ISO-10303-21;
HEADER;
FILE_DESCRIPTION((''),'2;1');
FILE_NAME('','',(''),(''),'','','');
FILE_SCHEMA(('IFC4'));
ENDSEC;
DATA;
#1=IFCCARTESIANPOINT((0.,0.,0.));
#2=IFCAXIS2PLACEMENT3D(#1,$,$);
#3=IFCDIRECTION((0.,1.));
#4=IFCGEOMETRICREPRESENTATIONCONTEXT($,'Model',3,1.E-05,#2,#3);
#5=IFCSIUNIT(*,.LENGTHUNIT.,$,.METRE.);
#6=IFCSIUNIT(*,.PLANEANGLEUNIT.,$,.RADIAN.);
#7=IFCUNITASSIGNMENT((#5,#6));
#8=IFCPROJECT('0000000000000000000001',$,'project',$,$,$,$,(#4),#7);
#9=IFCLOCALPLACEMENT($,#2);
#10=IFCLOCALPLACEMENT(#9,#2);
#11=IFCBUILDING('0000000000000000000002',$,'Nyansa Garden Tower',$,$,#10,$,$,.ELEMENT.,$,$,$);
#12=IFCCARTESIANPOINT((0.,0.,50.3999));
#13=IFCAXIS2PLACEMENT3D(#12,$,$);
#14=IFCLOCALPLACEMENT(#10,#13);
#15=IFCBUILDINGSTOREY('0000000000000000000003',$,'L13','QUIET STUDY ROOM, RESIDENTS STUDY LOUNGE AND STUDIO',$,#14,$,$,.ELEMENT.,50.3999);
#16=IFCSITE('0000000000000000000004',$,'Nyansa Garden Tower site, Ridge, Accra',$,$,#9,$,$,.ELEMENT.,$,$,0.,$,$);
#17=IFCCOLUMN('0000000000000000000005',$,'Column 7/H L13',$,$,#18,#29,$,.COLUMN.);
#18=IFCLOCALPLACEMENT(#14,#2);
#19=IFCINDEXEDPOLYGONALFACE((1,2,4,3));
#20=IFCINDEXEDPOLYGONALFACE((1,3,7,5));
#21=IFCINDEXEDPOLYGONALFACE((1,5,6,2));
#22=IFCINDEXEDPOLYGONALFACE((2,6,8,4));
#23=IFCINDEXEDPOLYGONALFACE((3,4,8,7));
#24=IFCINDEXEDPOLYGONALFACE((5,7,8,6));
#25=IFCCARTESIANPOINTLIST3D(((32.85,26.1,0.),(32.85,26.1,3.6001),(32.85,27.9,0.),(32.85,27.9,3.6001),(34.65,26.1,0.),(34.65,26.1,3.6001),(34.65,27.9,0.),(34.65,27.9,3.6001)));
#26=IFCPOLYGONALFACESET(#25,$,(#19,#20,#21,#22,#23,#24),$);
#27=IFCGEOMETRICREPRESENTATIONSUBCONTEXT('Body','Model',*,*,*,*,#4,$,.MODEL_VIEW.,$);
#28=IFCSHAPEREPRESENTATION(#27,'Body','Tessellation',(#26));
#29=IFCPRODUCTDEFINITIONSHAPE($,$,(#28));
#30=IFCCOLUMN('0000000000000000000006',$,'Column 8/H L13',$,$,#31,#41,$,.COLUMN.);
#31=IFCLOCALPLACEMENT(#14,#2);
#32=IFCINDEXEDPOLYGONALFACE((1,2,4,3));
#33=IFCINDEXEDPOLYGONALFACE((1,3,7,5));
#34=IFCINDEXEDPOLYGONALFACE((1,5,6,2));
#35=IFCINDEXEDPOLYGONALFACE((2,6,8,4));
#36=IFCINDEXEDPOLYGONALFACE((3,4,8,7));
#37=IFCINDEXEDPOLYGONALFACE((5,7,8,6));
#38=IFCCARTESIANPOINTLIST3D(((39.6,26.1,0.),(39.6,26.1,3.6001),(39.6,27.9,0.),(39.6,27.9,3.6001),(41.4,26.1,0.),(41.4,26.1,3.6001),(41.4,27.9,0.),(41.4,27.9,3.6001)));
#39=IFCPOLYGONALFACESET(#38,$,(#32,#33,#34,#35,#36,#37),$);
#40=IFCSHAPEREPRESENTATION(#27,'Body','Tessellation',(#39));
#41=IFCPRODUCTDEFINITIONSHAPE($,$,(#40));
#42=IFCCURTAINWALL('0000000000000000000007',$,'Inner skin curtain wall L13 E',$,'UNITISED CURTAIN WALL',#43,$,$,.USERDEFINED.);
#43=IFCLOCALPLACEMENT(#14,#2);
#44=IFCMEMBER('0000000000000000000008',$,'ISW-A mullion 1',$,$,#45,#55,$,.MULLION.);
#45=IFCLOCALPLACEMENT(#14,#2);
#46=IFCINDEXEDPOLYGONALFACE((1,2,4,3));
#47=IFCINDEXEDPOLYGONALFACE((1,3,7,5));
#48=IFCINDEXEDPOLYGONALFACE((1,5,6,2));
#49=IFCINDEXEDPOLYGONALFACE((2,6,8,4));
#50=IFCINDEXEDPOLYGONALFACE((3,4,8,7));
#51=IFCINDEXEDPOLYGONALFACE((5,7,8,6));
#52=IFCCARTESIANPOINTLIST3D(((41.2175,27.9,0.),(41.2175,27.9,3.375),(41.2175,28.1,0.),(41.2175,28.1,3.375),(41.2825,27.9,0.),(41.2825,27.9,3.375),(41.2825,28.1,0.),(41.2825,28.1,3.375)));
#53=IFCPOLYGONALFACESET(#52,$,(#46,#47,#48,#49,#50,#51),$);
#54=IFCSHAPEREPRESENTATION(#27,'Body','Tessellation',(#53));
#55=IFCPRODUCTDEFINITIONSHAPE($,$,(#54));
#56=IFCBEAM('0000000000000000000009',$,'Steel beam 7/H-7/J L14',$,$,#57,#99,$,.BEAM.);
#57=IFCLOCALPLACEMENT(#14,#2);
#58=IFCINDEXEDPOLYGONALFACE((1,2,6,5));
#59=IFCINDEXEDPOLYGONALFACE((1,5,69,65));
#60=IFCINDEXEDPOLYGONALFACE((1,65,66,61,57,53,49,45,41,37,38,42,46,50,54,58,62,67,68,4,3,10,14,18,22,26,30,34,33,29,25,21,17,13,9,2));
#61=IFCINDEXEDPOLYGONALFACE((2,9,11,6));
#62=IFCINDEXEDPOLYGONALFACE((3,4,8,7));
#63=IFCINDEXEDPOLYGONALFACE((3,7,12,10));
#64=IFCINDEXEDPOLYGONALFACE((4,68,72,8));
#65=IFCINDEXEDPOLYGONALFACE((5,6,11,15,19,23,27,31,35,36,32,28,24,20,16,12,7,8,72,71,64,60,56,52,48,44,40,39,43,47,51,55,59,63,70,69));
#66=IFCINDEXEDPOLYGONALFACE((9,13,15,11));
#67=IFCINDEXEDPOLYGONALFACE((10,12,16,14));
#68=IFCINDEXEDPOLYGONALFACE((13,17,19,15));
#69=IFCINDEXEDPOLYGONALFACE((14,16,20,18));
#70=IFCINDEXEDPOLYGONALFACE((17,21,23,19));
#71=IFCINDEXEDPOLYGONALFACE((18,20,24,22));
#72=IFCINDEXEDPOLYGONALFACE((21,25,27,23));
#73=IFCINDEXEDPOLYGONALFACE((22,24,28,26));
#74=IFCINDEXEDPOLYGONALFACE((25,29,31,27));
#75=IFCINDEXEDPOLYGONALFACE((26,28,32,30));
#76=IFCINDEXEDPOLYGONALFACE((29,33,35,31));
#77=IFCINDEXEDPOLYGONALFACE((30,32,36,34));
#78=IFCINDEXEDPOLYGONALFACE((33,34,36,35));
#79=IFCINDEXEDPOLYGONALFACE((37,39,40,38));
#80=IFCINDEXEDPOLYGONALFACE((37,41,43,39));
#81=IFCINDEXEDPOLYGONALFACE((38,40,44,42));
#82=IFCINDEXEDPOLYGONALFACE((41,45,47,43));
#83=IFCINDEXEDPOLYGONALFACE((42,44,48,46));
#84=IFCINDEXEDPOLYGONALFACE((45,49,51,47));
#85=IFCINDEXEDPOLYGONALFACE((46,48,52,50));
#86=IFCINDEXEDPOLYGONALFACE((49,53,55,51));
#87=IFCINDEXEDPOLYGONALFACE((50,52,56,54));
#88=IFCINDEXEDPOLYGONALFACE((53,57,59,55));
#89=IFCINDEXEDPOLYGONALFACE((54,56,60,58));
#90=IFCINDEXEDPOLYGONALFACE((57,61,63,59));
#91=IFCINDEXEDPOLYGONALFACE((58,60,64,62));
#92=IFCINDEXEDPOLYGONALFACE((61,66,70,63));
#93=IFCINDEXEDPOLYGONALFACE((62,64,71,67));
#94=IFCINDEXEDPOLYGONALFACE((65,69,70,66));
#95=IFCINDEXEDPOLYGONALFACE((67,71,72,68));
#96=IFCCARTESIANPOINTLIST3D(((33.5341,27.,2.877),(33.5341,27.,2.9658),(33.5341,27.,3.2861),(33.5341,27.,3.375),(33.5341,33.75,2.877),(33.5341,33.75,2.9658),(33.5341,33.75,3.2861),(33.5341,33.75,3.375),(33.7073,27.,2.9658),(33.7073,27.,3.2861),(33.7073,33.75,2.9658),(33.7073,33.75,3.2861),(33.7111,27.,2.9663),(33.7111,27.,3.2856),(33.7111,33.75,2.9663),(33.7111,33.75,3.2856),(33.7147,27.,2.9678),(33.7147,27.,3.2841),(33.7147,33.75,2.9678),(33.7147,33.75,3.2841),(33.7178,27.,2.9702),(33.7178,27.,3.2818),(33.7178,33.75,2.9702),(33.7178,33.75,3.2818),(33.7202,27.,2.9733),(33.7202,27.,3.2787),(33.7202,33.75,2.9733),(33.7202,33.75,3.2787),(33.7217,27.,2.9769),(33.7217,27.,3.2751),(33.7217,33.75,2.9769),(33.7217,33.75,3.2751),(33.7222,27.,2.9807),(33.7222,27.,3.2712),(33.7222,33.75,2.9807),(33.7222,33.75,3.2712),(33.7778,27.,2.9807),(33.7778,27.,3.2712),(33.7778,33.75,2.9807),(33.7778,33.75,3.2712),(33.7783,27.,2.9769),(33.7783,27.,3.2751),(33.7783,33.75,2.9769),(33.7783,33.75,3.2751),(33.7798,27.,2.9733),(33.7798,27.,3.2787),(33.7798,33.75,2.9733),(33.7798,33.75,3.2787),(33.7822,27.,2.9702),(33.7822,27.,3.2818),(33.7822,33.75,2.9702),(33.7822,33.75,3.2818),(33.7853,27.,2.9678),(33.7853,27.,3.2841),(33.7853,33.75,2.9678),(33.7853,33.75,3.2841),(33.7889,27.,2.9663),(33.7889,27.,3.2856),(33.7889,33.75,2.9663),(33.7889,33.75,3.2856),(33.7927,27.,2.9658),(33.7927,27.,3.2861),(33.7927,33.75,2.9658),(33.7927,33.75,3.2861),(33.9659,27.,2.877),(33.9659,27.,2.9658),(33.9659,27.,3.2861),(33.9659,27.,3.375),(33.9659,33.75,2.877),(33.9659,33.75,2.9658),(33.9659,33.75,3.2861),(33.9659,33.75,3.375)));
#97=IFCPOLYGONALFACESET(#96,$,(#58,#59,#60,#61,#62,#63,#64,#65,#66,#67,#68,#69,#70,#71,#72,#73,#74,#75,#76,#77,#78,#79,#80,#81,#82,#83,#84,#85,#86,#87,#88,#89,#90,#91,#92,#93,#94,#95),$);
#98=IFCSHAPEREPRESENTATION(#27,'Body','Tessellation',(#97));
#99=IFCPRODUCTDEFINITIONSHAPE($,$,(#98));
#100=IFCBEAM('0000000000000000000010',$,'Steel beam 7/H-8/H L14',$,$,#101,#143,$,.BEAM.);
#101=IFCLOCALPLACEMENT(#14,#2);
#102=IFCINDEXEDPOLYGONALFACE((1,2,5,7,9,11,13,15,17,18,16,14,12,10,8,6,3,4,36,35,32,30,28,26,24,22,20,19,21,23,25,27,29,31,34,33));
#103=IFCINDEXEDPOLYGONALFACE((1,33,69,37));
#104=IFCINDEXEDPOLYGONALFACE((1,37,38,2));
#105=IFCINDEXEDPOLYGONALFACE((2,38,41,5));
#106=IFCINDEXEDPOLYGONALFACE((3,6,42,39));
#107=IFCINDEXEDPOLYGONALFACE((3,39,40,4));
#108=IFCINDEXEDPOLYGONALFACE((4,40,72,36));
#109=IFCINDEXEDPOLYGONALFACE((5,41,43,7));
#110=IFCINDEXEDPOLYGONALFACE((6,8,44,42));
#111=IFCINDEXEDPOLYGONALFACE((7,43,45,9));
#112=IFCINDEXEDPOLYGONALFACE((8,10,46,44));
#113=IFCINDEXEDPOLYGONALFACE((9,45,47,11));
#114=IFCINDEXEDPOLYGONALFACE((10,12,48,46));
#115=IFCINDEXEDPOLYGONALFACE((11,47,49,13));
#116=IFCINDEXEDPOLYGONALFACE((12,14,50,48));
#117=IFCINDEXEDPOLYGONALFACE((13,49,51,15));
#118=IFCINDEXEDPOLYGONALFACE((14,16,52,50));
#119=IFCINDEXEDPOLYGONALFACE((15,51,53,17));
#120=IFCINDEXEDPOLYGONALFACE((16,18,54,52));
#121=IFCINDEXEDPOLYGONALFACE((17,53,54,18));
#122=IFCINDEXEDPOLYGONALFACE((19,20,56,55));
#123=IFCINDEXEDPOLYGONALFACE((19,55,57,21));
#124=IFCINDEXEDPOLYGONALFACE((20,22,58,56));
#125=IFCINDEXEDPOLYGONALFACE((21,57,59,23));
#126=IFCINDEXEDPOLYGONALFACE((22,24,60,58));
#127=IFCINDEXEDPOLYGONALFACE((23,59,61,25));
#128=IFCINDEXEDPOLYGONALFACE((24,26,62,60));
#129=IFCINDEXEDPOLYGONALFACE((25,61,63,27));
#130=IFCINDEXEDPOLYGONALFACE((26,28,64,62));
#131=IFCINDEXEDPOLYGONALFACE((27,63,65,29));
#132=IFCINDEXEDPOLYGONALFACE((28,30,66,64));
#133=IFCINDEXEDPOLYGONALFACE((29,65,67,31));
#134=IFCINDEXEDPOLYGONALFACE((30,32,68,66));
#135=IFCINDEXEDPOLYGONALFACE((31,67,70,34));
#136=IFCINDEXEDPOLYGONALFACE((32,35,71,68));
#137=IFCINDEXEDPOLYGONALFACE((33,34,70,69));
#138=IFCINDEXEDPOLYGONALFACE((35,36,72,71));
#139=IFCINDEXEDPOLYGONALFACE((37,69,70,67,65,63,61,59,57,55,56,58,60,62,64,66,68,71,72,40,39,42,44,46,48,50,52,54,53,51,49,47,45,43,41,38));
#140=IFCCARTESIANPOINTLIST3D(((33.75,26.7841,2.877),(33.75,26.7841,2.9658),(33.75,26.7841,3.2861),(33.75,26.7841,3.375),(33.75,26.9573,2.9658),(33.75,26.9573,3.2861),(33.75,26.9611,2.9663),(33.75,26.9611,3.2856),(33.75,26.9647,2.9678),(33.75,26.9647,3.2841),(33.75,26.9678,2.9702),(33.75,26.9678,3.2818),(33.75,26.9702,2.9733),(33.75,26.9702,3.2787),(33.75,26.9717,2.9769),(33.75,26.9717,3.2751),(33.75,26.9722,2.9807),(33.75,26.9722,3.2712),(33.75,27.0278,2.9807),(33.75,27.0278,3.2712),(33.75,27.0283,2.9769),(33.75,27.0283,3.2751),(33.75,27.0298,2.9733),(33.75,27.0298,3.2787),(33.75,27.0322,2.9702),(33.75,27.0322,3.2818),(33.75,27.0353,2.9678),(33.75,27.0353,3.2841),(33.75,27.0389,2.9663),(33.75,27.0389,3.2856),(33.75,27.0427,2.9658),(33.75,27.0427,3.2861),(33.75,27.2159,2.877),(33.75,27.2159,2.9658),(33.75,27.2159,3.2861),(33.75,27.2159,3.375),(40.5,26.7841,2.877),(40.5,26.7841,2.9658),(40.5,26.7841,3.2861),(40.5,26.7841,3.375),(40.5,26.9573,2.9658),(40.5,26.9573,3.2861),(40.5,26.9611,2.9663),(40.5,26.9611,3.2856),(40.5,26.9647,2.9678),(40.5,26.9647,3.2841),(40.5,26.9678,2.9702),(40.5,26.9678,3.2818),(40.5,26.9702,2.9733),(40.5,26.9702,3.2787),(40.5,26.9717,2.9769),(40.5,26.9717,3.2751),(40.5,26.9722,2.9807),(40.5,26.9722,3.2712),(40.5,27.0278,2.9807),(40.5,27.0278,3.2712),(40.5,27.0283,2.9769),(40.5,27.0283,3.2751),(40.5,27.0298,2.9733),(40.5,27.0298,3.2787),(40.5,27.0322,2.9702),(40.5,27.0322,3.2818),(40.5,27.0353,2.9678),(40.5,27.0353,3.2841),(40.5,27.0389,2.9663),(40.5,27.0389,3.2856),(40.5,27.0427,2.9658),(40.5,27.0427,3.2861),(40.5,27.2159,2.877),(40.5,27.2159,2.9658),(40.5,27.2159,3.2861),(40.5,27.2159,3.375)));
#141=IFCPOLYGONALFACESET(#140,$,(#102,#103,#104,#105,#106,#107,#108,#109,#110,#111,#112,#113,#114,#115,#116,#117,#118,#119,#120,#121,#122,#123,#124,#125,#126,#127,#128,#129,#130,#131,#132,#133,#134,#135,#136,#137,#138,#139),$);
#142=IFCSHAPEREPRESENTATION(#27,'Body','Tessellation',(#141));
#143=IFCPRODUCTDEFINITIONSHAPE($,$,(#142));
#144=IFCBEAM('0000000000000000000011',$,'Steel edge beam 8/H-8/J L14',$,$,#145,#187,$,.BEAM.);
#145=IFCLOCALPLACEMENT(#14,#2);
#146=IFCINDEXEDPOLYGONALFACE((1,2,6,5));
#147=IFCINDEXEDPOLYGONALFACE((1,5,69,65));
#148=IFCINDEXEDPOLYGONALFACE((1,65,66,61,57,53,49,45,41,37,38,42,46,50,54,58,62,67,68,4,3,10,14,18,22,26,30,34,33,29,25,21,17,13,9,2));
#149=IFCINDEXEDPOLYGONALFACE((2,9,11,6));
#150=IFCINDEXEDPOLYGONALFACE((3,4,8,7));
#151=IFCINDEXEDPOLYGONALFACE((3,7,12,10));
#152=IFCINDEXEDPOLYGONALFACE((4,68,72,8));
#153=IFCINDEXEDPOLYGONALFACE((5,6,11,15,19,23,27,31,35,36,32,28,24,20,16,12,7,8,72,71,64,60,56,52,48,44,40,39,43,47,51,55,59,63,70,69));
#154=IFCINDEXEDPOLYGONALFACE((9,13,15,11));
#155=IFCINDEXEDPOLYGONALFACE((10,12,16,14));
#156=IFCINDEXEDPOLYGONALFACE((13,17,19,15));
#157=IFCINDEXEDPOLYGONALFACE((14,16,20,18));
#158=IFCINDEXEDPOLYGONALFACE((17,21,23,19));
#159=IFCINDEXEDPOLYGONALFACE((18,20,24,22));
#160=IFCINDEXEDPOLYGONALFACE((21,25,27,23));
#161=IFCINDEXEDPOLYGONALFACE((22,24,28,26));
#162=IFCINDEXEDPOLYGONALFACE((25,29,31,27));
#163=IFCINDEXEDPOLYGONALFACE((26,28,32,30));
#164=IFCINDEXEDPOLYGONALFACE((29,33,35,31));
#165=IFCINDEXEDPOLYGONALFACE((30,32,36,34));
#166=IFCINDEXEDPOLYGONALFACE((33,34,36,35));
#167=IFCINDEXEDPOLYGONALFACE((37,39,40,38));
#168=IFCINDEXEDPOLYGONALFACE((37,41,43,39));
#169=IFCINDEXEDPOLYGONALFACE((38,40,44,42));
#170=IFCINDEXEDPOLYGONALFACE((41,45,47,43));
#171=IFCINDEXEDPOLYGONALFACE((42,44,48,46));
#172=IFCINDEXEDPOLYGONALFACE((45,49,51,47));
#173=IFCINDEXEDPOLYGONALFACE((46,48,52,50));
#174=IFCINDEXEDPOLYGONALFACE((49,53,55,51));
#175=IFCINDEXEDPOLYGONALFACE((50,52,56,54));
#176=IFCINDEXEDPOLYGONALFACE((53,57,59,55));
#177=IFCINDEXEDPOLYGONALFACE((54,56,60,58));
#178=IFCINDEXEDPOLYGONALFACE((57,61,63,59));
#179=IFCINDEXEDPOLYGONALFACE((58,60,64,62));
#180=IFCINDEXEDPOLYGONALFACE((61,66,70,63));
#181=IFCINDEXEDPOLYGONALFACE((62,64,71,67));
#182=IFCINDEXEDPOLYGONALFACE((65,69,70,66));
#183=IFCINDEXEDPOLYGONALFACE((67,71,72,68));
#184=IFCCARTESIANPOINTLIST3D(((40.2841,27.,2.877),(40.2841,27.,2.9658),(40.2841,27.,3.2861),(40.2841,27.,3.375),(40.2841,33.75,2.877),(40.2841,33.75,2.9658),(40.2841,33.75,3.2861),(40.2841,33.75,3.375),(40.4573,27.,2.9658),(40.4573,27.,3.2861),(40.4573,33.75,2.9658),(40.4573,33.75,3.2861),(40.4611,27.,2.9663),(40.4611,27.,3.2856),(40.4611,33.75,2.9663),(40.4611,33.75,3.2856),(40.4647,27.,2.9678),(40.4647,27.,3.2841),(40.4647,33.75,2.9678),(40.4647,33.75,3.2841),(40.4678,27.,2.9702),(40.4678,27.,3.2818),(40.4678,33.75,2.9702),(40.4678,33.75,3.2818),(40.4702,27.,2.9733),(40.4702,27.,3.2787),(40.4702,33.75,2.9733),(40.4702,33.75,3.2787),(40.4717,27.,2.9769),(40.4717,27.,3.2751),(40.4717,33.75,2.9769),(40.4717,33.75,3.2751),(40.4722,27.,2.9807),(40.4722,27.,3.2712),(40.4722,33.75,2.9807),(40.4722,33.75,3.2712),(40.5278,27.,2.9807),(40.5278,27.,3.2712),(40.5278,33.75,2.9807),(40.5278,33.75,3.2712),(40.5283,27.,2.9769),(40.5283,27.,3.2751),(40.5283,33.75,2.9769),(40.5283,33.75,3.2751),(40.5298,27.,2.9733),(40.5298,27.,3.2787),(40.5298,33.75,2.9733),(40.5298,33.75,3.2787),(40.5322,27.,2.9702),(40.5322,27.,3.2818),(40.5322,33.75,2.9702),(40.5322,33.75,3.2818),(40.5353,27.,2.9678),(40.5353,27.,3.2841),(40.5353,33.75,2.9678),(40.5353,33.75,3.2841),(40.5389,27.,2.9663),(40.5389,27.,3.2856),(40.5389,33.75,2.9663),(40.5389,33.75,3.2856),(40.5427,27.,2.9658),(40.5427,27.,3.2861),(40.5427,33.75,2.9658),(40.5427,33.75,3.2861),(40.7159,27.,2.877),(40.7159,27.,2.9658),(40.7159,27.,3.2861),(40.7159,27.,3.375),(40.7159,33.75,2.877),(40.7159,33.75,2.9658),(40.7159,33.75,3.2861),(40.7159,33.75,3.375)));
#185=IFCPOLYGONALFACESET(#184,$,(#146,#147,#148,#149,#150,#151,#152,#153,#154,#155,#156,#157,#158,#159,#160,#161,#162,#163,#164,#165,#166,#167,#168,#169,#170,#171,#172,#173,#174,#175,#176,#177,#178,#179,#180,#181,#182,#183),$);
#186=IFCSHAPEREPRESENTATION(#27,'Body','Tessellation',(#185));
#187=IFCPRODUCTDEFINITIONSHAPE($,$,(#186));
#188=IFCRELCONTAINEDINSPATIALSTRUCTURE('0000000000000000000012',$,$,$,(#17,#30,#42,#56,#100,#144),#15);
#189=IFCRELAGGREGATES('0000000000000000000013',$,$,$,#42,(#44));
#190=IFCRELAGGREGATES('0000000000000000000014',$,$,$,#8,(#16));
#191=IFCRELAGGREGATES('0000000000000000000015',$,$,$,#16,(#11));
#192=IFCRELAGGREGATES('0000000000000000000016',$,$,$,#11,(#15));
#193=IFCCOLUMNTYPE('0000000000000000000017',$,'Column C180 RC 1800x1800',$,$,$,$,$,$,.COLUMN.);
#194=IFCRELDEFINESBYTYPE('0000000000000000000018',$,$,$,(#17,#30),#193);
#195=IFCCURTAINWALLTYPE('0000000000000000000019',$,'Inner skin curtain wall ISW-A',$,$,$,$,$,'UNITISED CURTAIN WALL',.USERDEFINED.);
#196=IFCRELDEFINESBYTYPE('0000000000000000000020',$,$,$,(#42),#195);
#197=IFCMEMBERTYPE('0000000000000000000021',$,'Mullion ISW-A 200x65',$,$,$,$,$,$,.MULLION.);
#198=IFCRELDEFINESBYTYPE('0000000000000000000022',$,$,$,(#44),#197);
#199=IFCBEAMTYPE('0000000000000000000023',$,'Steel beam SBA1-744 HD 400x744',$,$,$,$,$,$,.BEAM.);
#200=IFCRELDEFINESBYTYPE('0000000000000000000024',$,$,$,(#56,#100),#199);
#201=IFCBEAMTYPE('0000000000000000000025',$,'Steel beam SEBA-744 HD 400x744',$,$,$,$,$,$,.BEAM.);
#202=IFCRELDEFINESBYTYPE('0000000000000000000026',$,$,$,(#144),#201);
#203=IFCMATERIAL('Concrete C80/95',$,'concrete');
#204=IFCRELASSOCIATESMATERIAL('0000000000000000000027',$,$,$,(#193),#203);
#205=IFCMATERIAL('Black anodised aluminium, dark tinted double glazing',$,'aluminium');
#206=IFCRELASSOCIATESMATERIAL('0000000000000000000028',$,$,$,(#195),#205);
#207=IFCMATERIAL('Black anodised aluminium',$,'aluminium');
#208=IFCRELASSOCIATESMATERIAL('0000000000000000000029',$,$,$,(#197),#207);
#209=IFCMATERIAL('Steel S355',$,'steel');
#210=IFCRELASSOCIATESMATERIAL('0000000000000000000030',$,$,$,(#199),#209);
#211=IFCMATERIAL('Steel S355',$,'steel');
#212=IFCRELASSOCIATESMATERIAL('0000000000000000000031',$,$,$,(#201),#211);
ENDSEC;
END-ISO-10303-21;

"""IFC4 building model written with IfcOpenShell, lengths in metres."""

from ifc_helpers import new_model, si_unit, direction, frame, origin, origin_2d, place, context, subcontext, project, spatial, rectangle, i_section, extrude, material, material_profile, profile_set, type_object, element, aggregate, save


model = new_model("IFC4")

# Units and contexts
model_context = context("Model", 3, precision=1e-05, world=origin(), true_north=direction((0.0, 1.0)))
body_context = subcontext(model_context, "Body", "Model", "MODEL_VIEW")
ifc_project = project(units=[si_unit("LENGTHUNIT", "METRE"), si_unit("PLANEANGLEUNIT", "RADIAN")], contexts=[model_context])

# Site, building, storey
site_placement = place(None, origin())
site = spatial("IfcSite", under=ifc_project, at=site_placement, Name="Nyansa Garden Tower site, Ridge, Accra", CompositionType="ELEMENT", RefElevation=0.0)
building_placement = place(site_placement, origin())
building = spatial("IfcBuilding", under=site, at=building_placement, Name="Nyansa Garden Tower", CompositionType="ELEMENT")
storey_placement = place(building_placement, frame((0.0, 0.0, 50.3999)))
storey = spatial("IfcBuildingStorey", under=building, at=storey_placement, Name="L13", Description="QUIET STUDY ROOM, RESIDENTS STUDY LOUNGE AND STUDIO", CompositionType="ELEMENT", Elevation=50.3999)

# Columns
ifc_material_1 = material(Name="Concrete C80/95", Category="concrete")
ifc_material_profile_1 = material_profile(ifc_material_1, rectangle(XDim=1.8, YDim=1.8, at=origin_2d()), Name="RC 1800x1800")
ifc_profile_set_1 = profile_set([ifc_material_profile_1], Name="Concrete C80/95")
column_type = type_object("IfcColumnType", Name="Column C180 RC 1800x1800", PredefinedType="COLUMN", material=ifc_profile_set_1)
for number, where, z_axis, x_axis, name in (
    (1, (33.75, 27.0, 0.0), (0.0, 0.0, 1.0), (1.0, 0.0, 0.0), "Column 7/H L13"),
    (2, (40.5, 27.0, 0.0), (0.0, 0.0, 1.0), (1.0, 0.0, 0.0), "Column 8/H L13"),
):
    element("IfcColumn", number, at=place(storey_placement, frame(where, z_axis=z_axis, x_axis=x_axis)), inside=storey, type_object=column_type, Name=name, PredefinedType="COLUMN", context=body_context, shape_type="SweptSolid", body=[
        extrude(rectangle(XDim=1.8, YDim=1.8, at=origin_2d()), origin(), (0.0, 0.0, 1.0), 3.6001),
    ])

# Curtain wall, member
ifc_material_2 = material(Name="Black anodised aluminium, dark tinted double glazing", Category="aluminium")
curtain_wall_type = type_object("IfcCurtainWallType", Name="Inner skin curtain wall ISW-A", ElementType="UNITISED CURTAIN WALL", PredefinedType="USERDEFINED", material=ifc_material_2)
curtain_wall_placement = place(storey_placement, origin())
curtain_wall = element("IfcCurtainWall", 3, at=curtain_wall_placement, inside=storey, type_object=curtain_wall_type, Name="Inner skin curtain wall L13 E", ObjectType="UNITISED CURTAIN WALL", PredefinedType="USERDEFINED")
ifc_material_3 = material(Name="Black anodised aluminium", Category="aluminium")
ifc_material_profile_2 = material_profile(ifc_material_3, rectangle(XDim=0.0649, YDim=0.2, at=origin_2d()), Name="Mullion 200x65")
ifc_profile_set_2 = profile_set([ifc_material_profile_2], Name="Black anodised aluminium")
member_type_1 = type_object("IfcMemberType", Name="Mullion ISW-A 200x65", PredefinedType="MULLION", material=ifc_profile_set_2)
member_1_placement = place(storey_placement, frame((41.25, 28.0, 0.0), z_axis=(0.0, 0.0, 1.0), x_axis=(-1.0, 0.0, 0.0)))
member_1 = element("IfcMember", 4, at=member_1_placement, type_object=member_type_1, Name="ISW-A mullion 1", PredefinedType="MULLION", context=body_context, shape_type="SweptSolid", body=[
    extrude(rectangle(XDim=0.0649, YDim=0.2, at=origin_2d()), origin(), (0.0, 0.0, 1.0), 3.375),
])

# Beams
ifc_material_4 = material(Name="Steel S355", Category="steel")
ifc_material_profile_3 = material_profile(ifc_material_4, i_section(OverallWidth=0.4319, OverallDepth=0.498, WebThickness=0.0557, FlangeThickness=0.0889, FilletRadius=0.0149, at=origin_2d()), Name="HD 400x744")
ifc_profile_set_3 = profile_set([ifc_material_profile_3], Name="Steel S355")
beam_type_1 = type_object("IfcBeamType", Name="Steel beam SBA1-744 HD 400x744", PredefinedType="BEAM", material=ifc_profile_set_3)
for number, where, z_axis, x_axis, name in (
    (5, (33.75, 27.0, 3.126), (0.0, 1.0, 0.0), (-1.0, 0.0, 0.0), "Steel beam 7/H-7/J L14"),
    (6, (33.75, 27.0, 3.126), (1.0, 0.0, 0.0), (0.0, 1.0, 0.0), "Steel beam 7/H-8/H L14"),
):
    element("IfcBeam", number, at=place(storey_placement, frame(where, z_axis=z_axis, x_axis=x_axis)), inside=storey, type_object=beam_type_1, Name=name, PredefinedType="BEAM", context=body_context, shape_type="SweptSolid", body=[
        extrude(i_section(OverallWidth=0.4319, OverallDepth=0.498, WebThickness=0.0557, FlangeThickness=0.0889, FilletRadius=0.0149, at=origin_2d()), origin(), (0.0, 0.0, 1.0), 6.75),
    ])
ifc_material_5 = material(Name="Steel S355", Category="steel")
ifc_material_profile_4 = material_profile(ifc_material_5, i_section(OverallWidth=0.4319, OverallDepth=0.498, WebThickness=0.0557, FlangeThickness=0.0889, FilletRadius=0.0149, at=origin_2d()), Name="HD 400x744")
ifc_profile_set_4 = profile_set([ifc_material_profile_4], Name="Steel S355")
beam_type_2 = type_object("IfcBeamType", Name="Steel beam SEBA-744 HD 400x744", PredefinedType="BEAM", material=ifc_profile_set_4)
beam_placement = place(storey_placement, frame((40.5, 27.0, 3.126), z_axis=(0.0, 1.0, 0.0), x_axis=(-1.0, 0.0, 0.0)))
element("IfcBeam", 7, at=beam_placement, inside=storey, type_object=beam_type_2, Name="Steel edge beam 8/H-8/J L14", PredefinedType="BEAM", context=body_context, shape_type="SweptSolid", body=[
    extrude(i_section(OverallWidth=0.4319, OverallDepth=0.498, WebThickness=0.0557, FlangeThickness=0.0889, FilletRadius=0.0149, at=origin_2d()), origin(), (0.0, 0.0, 1.0), 6.75),
])

aggregate(curtain_wall, [member_1])

save(model, "model.ifc")
